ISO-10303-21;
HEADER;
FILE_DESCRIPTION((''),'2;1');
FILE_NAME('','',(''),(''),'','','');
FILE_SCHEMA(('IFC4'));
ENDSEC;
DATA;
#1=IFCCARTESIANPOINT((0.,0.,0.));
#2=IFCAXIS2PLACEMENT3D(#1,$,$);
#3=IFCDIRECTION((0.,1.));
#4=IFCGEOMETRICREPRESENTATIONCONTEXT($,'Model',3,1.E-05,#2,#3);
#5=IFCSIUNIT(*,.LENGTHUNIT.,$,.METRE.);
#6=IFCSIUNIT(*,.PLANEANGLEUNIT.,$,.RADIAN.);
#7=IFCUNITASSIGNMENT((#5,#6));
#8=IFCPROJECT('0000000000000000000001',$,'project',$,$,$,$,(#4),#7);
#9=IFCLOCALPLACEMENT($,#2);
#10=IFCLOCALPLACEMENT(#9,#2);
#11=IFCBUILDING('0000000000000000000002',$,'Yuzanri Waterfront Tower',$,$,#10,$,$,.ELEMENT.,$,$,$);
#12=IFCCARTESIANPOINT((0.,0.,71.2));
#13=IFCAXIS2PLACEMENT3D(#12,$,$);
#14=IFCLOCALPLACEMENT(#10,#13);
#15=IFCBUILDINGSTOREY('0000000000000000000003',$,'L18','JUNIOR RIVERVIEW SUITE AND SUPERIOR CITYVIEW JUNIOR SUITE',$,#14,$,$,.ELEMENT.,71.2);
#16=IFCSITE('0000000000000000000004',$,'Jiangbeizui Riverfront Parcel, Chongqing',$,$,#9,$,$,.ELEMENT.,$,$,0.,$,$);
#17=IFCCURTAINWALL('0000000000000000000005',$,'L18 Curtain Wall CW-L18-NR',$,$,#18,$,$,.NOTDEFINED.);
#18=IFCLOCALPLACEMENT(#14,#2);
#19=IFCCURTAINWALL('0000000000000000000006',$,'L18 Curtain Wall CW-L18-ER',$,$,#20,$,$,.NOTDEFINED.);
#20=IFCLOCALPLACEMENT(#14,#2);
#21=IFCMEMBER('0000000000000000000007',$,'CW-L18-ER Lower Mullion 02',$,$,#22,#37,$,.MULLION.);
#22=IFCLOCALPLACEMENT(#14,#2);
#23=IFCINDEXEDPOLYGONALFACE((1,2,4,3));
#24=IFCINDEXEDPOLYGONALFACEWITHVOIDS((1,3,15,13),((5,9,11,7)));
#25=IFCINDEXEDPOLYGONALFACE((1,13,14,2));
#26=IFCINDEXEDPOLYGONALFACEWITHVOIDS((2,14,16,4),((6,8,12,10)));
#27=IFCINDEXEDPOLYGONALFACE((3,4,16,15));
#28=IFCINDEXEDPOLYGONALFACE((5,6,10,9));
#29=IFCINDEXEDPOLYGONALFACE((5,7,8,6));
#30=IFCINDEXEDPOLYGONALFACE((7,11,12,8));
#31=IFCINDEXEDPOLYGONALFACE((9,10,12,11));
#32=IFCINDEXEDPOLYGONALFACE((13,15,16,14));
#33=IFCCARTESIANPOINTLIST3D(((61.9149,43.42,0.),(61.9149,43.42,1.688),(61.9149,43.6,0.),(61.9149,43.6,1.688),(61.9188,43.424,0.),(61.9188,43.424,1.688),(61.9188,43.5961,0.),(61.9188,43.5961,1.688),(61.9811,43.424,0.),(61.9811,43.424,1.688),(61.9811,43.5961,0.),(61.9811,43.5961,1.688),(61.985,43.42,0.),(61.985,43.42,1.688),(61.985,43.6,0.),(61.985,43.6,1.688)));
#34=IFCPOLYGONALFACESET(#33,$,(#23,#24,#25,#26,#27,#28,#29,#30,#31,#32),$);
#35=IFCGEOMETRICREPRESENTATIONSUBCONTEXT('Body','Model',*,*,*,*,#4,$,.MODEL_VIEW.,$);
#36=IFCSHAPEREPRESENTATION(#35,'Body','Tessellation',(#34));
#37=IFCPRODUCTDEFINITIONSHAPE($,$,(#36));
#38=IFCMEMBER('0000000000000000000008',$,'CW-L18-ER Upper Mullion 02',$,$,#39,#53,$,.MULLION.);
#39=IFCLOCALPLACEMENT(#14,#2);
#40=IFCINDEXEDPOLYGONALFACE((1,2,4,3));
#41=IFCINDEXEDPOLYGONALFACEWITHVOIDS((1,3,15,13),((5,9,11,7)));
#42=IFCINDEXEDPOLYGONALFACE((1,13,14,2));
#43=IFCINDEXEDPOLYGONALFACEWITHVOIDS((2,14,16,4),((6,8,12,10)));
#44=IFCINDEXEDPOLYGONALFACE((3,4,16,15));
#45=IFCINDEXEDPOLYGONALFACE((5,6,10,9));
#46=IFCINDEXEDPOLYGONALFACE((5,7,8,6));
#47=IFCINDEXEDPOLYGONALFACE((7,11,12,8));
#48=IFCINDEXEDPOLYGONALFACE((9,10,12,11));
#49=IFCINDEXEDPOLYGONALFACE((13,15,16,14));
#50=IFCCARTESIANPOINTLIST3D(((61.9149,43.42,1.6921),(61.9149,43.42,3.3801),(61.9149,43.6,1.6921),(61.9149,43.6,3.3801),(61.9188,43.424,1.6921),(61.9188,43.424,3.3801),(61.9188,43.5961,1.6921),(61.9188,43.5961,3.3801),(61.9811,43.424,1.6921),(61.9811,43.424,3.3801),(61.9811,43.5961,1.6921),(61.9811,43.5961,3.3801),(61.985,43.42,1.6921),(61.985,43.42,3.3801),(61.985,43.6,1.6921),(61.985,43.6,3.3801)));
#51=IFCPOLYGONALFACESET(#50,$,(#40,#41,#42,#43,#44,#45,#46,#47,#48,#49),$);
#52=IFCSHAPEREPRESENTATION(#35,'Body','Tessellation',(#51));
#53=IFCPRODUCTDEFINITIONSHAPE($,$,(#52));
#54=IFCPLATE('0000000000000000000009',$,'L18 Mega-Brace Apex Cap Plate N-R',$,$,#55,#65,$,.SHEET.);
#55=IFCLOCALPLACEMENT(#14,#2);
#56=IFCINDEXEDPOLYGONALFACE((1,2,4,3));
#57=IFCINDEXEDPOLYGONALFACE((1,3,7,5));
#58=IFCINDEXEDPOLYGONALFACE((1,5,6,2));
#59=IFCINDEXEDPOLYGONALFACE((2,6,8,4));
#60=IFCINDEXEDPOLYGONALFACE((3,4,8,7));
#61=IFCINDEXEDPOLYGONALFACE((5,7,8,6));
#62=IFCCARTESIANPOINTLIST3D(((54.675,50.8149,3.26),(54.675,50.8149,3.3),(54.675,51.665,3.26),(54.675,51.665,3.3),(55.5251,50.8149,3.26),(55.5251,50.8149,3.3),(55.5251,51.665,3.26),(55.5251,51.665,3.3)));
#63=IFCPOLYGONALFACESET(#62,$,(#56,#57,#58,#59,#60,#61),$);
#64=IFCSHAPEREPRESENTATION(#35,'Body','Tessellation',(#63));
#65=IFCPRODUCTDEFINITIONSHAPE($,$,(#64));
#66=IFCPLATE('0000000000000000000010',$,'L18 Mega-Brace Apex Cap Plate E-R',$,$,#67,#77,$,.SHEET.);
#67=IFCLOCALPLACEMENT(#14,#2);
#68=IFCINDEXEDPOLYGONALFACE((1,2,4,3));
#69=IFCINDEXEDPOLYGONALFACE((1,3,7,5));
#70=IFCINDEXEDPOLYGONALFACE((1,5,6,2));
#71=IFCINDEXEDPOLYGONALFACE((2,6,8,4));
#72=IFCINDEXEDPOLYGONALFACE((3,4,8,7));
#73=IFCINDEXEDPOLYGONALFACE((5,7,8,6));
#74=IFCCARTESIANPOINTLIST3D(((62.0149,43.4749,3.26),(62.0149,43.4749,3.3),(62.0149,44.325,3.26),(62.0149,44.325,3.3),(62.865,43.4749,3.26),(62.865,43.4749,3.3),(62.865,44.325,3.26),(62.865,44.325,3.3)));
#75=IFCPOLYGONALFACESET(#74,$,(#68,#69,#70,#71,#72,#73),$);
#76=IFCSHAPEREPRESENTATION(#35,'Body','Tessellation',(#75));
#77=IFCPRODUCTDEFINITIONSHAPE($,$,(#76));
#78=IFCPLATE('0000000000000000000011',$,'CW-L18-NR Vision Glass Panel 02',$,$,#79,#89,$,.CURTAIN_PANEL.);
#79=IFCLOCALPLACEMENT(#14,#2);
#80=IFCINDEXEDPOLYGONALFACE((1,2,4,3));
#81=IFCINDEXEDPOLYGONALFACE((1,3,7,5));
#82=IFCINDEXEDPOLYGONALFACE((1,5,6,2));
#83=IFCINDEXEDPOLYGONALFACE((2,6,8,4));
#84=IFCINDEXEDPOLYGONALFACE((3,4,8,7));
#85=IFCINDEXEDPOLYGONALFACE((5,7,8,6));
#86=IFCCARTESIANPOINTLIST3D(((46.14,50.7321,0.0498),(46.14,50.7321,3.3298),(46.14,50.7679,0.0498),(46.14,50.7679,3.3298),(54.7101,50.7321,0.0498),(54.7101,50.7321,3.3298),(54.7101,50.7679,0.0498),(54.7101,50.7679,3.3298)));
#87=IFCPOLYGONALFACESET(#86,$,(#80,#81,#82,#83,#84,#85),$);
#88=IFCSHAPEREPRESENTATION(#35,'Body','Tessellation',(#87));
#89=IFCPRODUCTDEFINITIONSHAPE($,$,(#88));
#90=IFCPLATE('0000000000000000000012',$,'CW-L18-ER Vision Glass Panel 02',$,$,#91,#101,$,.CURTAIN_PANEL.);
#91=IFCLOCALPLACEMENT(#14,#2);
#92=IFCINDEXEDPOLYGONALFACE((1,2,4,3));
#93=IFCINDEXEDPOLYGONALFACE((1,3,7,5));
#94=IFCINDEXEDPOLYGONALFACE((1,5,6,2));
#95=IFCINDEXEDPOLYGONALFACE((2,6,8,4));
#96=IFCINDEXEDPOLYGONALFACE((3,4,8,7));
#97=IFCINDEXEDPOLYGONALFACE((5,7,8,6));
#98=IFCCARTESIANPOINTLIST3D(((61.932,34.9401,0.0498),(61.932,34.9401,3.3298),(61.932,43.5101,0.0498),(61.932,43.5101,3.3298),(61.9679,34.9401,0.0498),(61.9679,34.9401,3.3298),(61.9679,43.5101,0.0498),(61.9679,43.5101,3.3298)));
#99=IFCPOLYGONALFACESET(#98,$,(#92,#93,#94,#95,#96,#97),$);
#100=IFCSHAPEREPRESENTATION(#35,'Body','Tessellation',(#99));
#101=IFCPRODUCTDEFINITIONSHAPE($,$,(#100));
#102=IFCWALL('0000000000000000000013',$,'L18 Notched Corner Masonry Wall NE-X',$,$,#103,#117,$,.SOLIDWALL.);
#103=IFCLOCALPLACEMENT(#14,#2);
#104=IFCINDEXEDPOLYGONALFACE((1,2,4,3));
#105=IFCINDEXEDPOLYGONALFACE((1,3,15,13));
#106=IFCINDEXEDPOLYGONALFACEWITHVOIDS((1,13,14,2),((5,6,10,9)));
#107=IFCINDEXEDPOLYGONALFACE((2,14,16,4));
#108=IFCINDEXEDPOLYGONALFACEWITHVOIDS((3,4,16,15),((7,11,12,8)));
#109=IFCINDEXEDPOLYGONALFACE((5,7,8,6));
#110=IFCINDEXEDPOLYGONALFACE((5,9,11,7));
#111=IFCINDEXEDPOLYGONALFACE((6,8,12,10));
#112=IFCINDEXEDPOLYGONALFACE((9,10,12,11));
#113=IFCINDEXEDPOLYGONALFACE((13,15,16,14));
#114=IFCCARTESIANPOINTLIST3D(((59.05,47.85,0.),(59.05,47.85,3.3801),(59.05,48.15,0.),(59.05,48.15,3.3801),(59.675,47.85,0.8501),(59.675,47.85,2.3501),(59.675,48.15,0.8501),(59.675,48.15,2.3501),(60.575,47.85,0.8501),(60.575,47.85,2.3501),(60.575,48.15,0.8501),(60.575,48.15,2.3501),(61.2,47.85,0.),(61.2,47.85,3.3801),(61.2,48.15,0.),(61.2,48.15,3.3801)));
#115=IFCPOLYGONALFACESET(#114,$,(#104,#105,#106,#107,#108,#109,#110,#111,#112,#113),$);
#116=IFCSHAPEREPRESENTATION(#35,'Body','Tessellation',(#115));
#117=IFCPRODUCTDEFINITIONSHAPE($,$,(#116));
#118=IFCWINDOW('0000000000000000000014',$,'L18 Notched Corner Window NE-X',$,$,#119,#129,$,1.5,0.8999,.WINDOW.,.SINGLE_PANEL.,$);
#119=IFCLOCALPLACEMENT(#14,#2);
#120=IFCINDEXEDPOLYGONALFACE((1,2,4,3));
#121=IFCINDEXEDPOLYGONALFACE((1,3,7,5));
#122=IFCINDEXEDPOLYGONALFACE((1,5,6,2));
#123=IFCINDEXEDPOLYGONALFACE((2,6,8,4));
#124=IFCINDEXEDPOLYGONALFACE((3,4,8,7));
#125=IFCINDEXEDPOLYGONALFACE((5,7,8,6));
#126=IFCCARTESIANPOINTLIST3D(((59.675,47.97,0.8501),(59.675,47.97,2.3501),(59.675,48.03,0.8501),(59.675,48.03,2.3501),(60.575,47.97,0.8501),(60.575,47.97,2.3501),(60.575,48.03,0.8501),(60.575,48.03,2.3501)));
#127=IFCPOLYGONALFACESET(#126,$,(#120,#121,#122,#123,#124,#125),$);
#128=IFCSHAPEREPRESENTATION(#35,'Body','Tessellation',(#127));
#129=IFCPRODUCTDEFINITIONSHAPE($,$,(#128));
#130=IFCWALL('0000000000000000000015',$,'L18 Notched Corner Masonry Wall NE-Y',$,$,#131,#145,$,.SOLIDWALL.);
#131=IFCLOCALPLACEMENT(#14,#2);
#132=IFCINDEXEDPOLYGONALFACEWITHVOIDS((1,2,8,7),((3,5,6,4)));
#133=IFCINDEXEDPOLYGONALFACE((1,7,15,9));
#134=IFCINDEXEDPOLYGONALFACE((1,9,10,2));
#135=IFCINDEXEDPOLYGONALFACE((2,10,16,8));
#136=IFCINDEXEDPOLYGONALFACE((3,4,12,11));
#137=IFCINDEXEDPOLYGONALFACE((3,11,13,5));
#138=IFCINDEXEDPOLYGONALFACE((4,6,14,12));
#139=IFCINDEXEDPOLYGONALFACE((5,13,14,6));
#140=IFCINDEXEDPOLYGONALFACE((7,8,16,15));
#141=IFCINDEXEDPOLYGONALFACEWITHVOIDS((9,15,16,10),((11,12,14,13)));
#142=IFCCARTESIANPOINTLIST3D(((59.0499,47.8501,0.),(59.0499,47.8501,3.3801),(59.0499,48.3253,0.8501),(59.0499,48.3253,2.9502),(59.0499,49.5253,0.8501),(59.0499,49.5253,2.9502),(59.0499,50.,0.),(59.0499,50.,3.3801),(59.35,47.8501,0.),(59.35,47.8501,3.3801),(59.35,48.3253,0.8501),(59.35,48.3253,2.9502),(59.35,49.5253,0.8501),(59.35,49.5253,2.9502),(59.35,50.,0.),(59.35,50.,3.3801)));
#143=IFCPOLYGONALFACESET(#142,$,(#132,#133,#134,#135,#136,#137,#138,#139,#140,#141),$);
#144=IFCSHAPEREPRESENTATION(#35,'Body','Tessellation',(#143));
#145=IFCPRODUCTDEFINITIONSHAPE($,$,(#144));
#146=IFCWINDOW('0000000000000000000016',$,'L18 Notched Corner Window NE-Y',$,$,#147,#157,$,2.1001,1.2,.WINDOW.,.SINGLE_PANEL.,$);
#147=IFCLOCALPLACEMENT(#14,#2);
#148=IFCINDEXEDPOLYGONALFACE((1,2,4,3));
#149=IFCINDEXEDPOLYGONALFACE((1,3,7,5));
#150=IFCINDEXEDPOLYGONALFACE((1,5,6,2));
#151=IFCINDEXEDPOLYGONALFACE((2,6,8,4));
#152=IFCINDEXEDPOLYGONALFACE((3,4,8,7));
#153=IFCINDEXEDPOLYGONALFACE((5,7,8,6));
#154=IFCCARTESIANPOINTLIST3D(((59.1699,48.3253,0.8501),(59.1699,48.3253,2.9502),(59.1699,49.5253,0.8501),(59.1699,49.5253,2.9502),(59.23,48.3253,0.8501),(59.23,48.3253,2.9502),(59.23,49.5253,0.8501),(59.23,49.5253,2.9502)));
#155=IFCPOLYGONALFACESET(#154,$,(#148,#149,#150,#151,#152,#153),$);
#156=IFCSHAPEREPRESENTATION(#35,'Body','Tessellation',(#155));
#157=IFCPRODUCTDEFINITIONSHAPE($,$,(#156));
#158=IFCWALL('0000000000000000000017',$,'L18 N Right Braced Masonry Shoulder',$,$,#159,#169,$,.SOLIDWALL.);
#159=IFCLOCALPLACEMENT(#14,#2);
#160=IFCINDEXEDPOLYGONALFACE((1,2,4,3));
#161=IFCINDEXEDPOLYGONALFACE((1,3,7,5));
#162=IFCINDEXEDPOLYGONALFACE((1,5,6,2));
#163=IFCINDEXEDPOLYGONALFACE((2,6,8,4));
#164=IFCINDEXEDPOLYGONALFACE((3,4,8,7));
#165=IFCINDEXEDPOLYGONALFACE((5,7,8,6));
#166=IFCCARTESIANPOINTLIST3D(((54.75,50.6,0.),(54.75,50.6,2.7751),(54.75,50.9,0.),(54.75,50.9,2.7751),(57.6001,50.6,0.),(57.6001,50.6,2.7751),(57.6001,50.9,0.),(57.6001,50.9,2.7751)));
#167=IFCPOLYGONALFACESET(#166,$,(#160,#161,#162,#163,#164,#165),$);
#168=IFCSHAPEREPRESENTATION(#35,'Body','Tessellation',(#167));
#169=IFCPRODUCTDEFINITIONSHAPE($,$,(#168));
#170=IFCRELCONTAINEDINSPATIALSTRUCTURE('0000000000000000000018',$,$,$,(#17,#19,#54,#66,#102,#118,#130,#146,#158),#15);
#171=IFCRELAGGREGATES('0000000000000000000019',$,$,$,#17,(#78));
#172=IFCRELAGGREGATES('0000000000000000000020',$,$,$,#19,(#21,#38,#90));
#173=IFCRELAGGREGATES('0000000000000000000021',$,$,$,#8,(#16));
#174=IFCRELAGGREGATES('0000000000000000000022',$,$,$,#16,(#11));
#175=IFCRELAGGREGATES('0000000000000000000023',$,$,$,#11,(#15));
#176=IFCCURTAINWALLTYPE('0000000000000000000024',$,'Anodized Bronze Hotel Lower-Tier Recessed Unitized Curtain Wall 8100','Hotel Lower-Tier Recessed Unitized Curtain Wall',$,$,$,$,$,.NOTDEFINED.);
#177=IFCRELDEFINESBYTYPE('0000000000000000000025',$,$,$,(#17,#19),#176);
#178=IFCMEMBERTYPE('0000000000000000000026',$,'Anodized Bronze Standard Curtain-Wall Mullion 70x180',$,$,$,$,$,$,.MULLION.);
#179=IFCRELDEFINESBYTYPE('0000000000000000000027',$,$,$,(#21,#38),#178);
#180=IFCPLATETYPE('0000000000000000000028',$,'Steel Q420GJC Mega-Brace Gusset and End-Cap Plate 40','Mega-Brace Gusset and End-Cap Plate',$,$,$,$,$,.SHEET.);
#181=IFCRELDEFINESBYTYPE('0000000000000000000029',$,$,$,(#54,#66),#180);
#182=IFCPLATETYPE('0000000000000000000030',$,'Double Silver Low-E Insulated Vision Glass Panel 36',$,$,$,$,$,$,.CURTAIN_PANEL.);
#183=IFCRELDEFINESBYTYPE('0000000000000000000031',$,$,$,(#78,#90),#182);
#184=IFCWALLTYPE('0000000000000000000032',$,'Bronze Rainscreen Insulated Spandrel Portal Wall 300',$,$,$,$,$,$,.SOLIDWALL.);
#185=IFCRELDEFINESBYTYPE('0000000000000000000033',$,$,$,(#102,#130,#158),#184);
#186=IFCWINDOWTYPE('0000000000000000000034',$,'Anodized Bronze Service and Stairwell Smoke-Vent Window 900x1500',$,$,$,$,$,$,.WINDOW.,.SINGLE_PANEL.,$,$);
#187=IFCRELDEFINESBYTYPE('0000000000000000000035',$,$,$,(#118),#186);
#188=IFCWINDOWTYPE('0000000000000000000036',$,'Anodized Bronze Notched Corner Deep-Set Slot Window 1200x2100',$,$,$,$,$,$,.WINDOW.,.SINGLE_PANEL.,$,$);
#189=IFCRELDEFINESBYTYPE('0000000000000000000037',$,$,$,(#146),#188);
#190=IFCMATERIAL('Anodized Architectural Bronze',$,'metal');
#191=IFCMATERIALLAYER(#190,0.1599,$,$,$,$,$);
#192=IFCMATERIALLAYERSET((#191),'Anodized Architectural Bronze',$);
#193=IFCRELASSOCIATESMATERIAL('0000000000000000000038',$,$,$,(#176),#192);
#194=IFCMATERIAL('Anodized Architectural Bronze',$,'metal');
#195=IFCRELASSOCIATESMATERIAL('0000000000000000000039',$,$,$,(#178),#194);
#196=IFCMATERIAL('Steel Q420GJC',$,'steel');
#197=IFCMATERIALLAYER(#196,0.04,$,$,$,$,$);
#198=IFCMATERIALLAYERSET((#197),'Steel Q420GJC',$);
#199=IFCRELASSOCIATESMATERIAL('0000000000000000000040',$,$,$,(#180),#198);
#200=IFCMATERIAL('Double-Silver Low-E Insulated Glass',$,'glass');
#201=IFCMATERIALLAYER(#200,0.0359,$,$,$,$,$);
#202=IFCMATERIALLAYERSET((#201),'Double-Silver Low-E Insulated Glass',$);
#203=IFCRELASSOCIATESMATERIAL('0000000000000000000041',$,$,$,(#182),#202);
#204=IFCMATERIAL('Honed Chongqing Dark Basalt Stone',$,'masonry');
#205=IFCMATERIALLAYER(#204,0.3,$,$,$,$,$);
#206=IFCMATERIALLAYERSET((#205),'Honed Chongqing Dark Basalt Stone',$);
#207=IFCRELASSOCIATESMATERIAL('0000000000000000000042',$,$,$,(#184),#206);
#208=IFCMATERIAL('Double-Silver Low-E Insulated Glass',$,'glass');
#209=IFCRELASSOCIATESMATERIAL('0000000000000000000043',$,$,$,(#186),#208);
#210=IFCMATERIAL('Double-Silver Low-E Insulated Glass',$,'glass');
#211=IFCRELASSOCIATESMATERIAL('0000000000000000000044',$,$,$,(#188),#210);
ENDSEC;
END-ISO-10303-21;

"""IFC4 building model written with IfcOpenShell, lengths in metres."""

from ifc_helpers import new_model, si_unit, direction, frame, frame_2d, origin, origin_2d, place, context, subcontext, project, spatial, rectangle, hollow_rectangle, extrude, source, transform, mapped, material, layer, layer_set, material_profile, profile_set, type_object, element, fill, aggregate, save


model = new_model("IFC4")

# Units and contexts
model_context = context("Model", 3, precision=1e-05, world=origin(), true_north=direction((0.0, 1.0)))
body_context = subcontext(model_context, "Body", "Model", "MODEL_VIEW")
ifc_project = project(units=[si_unit("LENGTHUNIT", "METRE"), si_unit("PLANEANGLEUNIT", "RADIAN")], contexts=[model_context])

# Site, building, storey
site_placement = place(None, origin())
site = spatial("IfcSite", under=ifc_project, at=site_placement, Name="Jiangbeizui Riverfront Parcel, Chongqing", CompositionType="ELEMENT", RefElevation=0.0)
building_placement = place(site_placement, origin())
building = spatial("IfcBuilding", under=site, at=building_placement, Name="Yuzanri Waterfront Tower", CompositionType="ELEMENT")
storey_placement = place(building_placement, frame((0.0, 0.0, 71.2)))
storey = spatial("IfcBuildingStorey", under=building, at=storey_placement, Name="L18", Description="JUNIOR RIVERVIEW SUITE AND SUPERIOR CITYVIEW JUNIOR SUITE", CompositionType="ELEMENT", Elevation=71.2)

# Curtain walls, members
ifc_material_1 = material(Name="Anodized Architectural Bronze", Category="metal")
ifc_layer_1 = layer(ifc_material_1, 0.1599)
ifc_layer_set_1 = layer_set([ifc_layer_1], Name="Anodized Architectural Bronze")
curtain_wall_type = type_object("IfcCurtainWallType", Name="Anodized Bronze Hotel Lower-Tier Recessed Unitized Curtain Wall 8100", Description="Hotel Lower-Tier Recessed Unitized Curtain Wall", PredefinedType="NOTDEFINED", material=ifc_layer_set_1)
curtain_wall_1_placement = place(storey_placement, origin())
curtain_wall_1 = element("IfcCurtainWall", 1, at=curtain_wall_1_placement, inside=storey, type_object=curtain_wall_type, Name="L18 Curtain Wall CW-L18-NR", PredefinedType="NOTDEFINED")
ifc_material_2 = material(Name="Anodized Architectural Bronze", Category="metal")
ifc_material_profile_1 = material_profile(ifc_material_2, hollow_rectangle(XDim=0.0701, YDim=0.1799, WallThickness=0.0039, at=origin_2d()), Name="CWM 70x180")
ifc_profile_set_1 = profile_set([ifc_material_profile_1], Name="Anodized Architectural Bronze")
member_type = type_object("IfcMemberType", Name="Anodized Bronze Standard Curtain-Wall Mullion 70x180", PredefinedType="MULLION", material=ifc_profile_set_1)
shared_shape_1 = source(origin(), body_context, "Body", "SweptSolid", [
    extrude(hollow_rectangle(XDim=0.0701, YDim=0.1799, WallThickness=0.0039, at=origin_2d()), origin(), (0.0, 0.0, 1.0), 1.688),
])
curtain_wall_2_placement = place(storey_placement, origin())
curtain_wall_2 = element("IfcCurtainWall", 2, at=curtain_wall_2_placement, inside=storey, type_object=curtain_wall_type, Name="L18 Curtain Wall CW-L18-ER", PredefinedType="NOTDEFINED")
member_1_placement = place(storey_placement, frame((61.95, 43.51, 0.0), z_axis=(0.0, 0.0, 1.0), x_axis=(1.0, 0.0, 0.0)))
member_1 = element("IfcMember", 3, at=member_1_placement, type_object=member_type, Name="CW-L18-ER Lower Mullion 02", PredefinedType="MULLION", context=body_context, shape_type="MappedRepresentation", body=[
    mapped(shared_shape_1, transform((0.0, 0.0, 0.0), scale=1.0)),
])
member_2_placement = place(storey_placement, frame((61.95, 43.51, 1.6921), z_axis=(0.0, 0.0, 1.0), x_axis=(1.0, 0.0, 0.0)))
member_2 = element("IfcMember", 4, at=member_2_placement, type_object=member_type, Name="CW-L18-ER Upper Mullion 02", PredefinedType="MULLION", context=body_context, shape_type="MappedRepresentation", body=[
    mapped(shared_shape_1, transform((0.0, 0.0, 0.0), scale=1.0)),
])

# Plates
ifc_material_3 = material(Name="Steel Q420GJC", Category="steel")
ifc_layer_2 = layer(ifc_material_3, 0.04)
ifc_layer_set_2 = layer_set([ifc_layer_2], Name="Steel Q420GJC")
plate_type_1 = type_object("IfcPlateType", Name="Steel Q420GJC Mega-Brace Gusset and End-Cap Plate 40", Description="Mega-Brace Gusset and End-Cap Plate", PredefinedType="SHEET", material=ifc_layer_set_2)
shared_shape_2 = source(origin(), body_context, "Body", "SweptSolid", [
    extrude(rectangle(XDim=0.8501, YDim=0.8501, at=origin_2d()), origin(), (0.0, 0.0, 1.0), 0.04),
])
for number, where, z_axis, x_axis, name in (
    (5, (55.1001, 51.24, 3.26), (0.0, 0.0, 1.0), (1.0, 0.0, 0.0), "L18 Mega-Brace Apex Cap Plate N-R"),
    (6, (62.4399, 43.8999, 3.26), (0.0, 0.0, 1.0), (1.0, 0.0, 0.0), "L18 Mega-Brace Apex Cap Plate E-R"),
):
    element("IfcPlate", number, at=place(storey_placement, frame(where, z_axis=z_axis, x_axis=x_axis)), inside=storey, type_object=plate_type_1, Name=name, PredefinedType="SHEET", context=body_context, shape_type="MappedRepresentation", body=[
        mapped(shared_shape_2, transform((0.0, 0.0, 0.0), scale=1.0)),
    ])

# Plates
ifc_material_4 = material(Name="Double-Silver Low-E Insulated Glass", Category="glass")
ifc_layer_3 = layer(ifc_material_4, 0.0359)
ifc_layer_set_3 = layer_set([ifc_layer_3], Name="Double-Silver Low-E Insulated Glass")
plate_type_2 = type_object("IfcPlateType", Name="Double Silver Low-E Insulated Vision Glass Panel 36", PredefinedType="CURTAIN_PANEL", material=ifc_layer_set_3)
shared_shape_3 = source(origin(), body_context, "Body", "SweptSolid", [
    extrude(rectangle(XDim=8.5701, YDim=0.0359, at=origin_2d()), origin(), (0.0, 0.0, 1.0), 3.28),
])
plate_1_placement = place(storey_placement, frame((50.425, 50.75, 0.0498), z_axis=(0.0, 0.0, 1.0), x_axis=(1.0, 0.0, 0.0)))
plate_1 = element("IfcPlate", 7, at=plate_1_placement, type_object=plate_type_2, Name="CW-L18-NR Vision Glass Panel 02", PredefinedType="CURTAIN_PANEL", context=body_context, shape_type="MappedRepresentation", body=[
    mapped(shared_shape_3, transform((0.0, 0.0, 0.0), scale=1.0)),
])
aggregate(curtain_wall_1, [plate_1])
plate_2_placement = place(storey_placement, frame((61.95, 39.2251, 0.0498), z_axis=(0.0, 0.0, 1.0), x_axis=(0.0, 1.0, 0.0)))
plate_2 = element("IfcPlate", 8, at=plate_2_placement, type_object=plate_type_2, Name="CW-L18-ER Vision Glass Panel 02", PredefinedType="CURTAIN_PANEL", context=body_context, shape_type="MappedRepresentation", body=[
    mapped(shared_shape_3, transform((0.0, 0.0, 0.0), scale=1.0)),
])
aggregate(curtain_wall_2, [member_1, member_2, plate_2])

# Walls, openings, windows
ifc_material_5 = material(Name="Honed Chongqing Dark Basalt Stone", Category="masonry")
ifc_layer_4 = layer(ifc_material_5, 0.3)
ifc_layer_set_4 = layer_set([ifc_layer_4], Name="Honed Chongqing Dark Basalt Stone")
wall_type_1 = type_object("IfcWallType", Name="Bronze Rainscreen Insulated Spandrel Portal Wall 300", PredefinedType="SOLIDWALL", material=ifc_layer_set_4)
wall_1_placement = place(storey_placement, frame((61.2, 48.0, 0.0), z_axis=(0.0, 0.0, 1.0), x_axis=(-1.0, 0.0, 0.0)))
wall_1 = element("IfcWall", 9, at=wall_1_placement, inside=storey, type_object=wall_type_1, Name="L18 Notched Corner Masonry Wall NE-X", PredefinedType="SOLIDWALL", context=body_context, shape_type="SweptSolid", body=[
    extrude(rectangle(XDim=2.1499, YDim=0.3, at=frame_2d((1.075, 0.0))), origin(), (0.0, 0.0, 1.0), 3.3801),
])
opening_1_placement = place(wall_1_placement, frame((0.625, 0.0, 0.8501)))
opening_1 = element("IfcOpeningElement", 10, at=opening_1_placement, cuts=wall_1, PredefinedType="OPENING", context=body_context, shape_type="SweptSolid", body=[
    extrude(rectangle(XDim=0.8999, YDim=1.5, at=frame_2d((0.45, 0.75))), frame((0.0, 0.165, 0.0), z_axis=(0.0, -1.0, 0.0), x_axis=(1.0, 0.0, 0.0)), (0.0, 0.0, 1.0), 0.3298),
])
ifc_material_6 = material(Name="Double-Silver Low-E Insulated Glass", Category="glass")
window_type_1 = type_object("IfcWindowType", Name="Anodized Bronze Service and Stairwell Smoke-Vent Window 900x1500", PartitioningType="SINGLE_PANEL", PredefinedType="WINDOW", material=ifc_material_6)
shared_shape_4 = source(origin(), body_context, "Body", "SweptSolid", [
    extrude(rectangle(XDim=0.8999, YDim=1.5, at=frame_2d((0.45, 0.75))), frame((0.0, 0.03, 0.0), z_axis=(0.0, -1.0, 0.0), x_axis=(1.0, 0.0, 0.0)), (0.0, 0.0, 1.0), 0.0601),
])
window_1_placement = place(opening_1_placement, origin())
window_1 = element("IfcWindow", 11, at=window_1_placement, inside=storey, type_object=window_type_1, Name="L18 Notched Corner Window NE-X", OverallHeight=1.5, OverallWidth=0.8999, PartitioningType="SINGLE_PANEL", PredefinedType="WINDOW", context=body_context, shape_type="MappedRepresentation", body=[
    mapped(shared_shape_4, transform((0.0, 0.0, 0.0), scale=1.0)),
])
fill(opening_1, window_1)
wall_2_placement = place(storey_placement, frame((59.2, 47.8501, 0.0), z_axis=(0.0, 0.0, 1.0), x_axis=(0.0, 1.0, 0.0)))
wall_2 = element("IfcWall", 12, at=wall_2_placement, inside=storey, type_object=wall_type_1, Name="L18 Notched Corner Masonry Wall NE-Y", PredefinedType="SOLIDWALL", context=body_context, shape_type="SweptSolid", body=[
    extrude(rectangle(XDim=2.1499, YDim=0.3, at=frame_2d((1.075, 0.0))), origin(), (0.0, 0.0, 1.0), 3.3801),
])
opening_2_placement = place(wall_2_placement, frame((0.4751, 0.0, 0.8501)))
opening_2 = element("IfcOpeningElement", 13, at=opening_2_placement, cuts=wall_2, PredefinedType="OPENING", context=body_context, shape_type="SweptSolid", body=[
    extrude(rectangle(XDim=1.2, YDim=2.1001, at=frame_2d((0.6001, 1.05))), frame((0.0, 0.165, 0.0), z_axis=(0.0, -1.0, 0.0), x_axis=(1.0, 0.0, 0.0)), (0.0, 0.0, 1.0), 0.3298),
])
ifc_material_7 = material(Name="Double-Silver Low-E Insulated Glass", Category="glass")
window_type_2 = type_object("IfcWindowType", Name="Anodized Bronze Notched Corner Deep-Set Slot Window 1200x2100", PartitioningType="SINGLE_PANEL", PredefinedType="WINDOW", material=ifc_material_7)
shared_shape_5 = source(origin(), body_context, "Body", "SweptSolid", [
    extrude(rectangle(XDim=1.2, YDim=2.1001, at=frame_2d((0.6001, 1.05))), frame((0.0, 0.03, 0.0), z_axis=(0.0, -1.0, 0.0), x_axis=(1.0, 0.0, 0.0)), (0.0, 0.0, 1.0), 0.0601),
])
window_2_placement = place(opening_2_placement, origin())
window_2 = element("IfcWindow", 14, at=window_2_placement, inside=storey, type_object=window_type_2, Name="L18 Notched Corner Window NE-Y", OverallHeight=2.1001, OverallWidth=1.2, PartitioningType="SINGLE_PANEL", PredefinedType="WINDOW", context=body_context, shape_type="MappedRepresentation", body=[
    mapped(shared_shape_5, transform((0.0, 0.0, 0.0), scale=1.0)),
])
fill(opening_2, window_2)

# Wall
shared_shape_6 = source(origin(), body_context, "Body", "SweptSolid", [
    extrude(rectangle(XDim=2.8501, YDim=0.3, at=frame_2d((1.425, 0.0))), origin(), (0.0, 0.0, 1.0), 2.7751),
])
wall_3_placement = place(storey_placement, frame((54.75, 50.75, 0.0), z_axis=(0.0, 0.0, 1.0), x_axis=(1.0, 0.0, 0.0)))
element("IfcWall", 15, at=wall_3_placement, inside=storey, type_object=wall_type_1, Name="L18 N Right Braced Masonry Shoulder", PredefinedType="SOLIDWALL", context=body_context, shape_type="MappedRepresentation", body=[
    mapped(shared_shape_6, transform((0.0, 0.0, 0.0), scale=1.0)),
])

save(model, "model.ifc")
